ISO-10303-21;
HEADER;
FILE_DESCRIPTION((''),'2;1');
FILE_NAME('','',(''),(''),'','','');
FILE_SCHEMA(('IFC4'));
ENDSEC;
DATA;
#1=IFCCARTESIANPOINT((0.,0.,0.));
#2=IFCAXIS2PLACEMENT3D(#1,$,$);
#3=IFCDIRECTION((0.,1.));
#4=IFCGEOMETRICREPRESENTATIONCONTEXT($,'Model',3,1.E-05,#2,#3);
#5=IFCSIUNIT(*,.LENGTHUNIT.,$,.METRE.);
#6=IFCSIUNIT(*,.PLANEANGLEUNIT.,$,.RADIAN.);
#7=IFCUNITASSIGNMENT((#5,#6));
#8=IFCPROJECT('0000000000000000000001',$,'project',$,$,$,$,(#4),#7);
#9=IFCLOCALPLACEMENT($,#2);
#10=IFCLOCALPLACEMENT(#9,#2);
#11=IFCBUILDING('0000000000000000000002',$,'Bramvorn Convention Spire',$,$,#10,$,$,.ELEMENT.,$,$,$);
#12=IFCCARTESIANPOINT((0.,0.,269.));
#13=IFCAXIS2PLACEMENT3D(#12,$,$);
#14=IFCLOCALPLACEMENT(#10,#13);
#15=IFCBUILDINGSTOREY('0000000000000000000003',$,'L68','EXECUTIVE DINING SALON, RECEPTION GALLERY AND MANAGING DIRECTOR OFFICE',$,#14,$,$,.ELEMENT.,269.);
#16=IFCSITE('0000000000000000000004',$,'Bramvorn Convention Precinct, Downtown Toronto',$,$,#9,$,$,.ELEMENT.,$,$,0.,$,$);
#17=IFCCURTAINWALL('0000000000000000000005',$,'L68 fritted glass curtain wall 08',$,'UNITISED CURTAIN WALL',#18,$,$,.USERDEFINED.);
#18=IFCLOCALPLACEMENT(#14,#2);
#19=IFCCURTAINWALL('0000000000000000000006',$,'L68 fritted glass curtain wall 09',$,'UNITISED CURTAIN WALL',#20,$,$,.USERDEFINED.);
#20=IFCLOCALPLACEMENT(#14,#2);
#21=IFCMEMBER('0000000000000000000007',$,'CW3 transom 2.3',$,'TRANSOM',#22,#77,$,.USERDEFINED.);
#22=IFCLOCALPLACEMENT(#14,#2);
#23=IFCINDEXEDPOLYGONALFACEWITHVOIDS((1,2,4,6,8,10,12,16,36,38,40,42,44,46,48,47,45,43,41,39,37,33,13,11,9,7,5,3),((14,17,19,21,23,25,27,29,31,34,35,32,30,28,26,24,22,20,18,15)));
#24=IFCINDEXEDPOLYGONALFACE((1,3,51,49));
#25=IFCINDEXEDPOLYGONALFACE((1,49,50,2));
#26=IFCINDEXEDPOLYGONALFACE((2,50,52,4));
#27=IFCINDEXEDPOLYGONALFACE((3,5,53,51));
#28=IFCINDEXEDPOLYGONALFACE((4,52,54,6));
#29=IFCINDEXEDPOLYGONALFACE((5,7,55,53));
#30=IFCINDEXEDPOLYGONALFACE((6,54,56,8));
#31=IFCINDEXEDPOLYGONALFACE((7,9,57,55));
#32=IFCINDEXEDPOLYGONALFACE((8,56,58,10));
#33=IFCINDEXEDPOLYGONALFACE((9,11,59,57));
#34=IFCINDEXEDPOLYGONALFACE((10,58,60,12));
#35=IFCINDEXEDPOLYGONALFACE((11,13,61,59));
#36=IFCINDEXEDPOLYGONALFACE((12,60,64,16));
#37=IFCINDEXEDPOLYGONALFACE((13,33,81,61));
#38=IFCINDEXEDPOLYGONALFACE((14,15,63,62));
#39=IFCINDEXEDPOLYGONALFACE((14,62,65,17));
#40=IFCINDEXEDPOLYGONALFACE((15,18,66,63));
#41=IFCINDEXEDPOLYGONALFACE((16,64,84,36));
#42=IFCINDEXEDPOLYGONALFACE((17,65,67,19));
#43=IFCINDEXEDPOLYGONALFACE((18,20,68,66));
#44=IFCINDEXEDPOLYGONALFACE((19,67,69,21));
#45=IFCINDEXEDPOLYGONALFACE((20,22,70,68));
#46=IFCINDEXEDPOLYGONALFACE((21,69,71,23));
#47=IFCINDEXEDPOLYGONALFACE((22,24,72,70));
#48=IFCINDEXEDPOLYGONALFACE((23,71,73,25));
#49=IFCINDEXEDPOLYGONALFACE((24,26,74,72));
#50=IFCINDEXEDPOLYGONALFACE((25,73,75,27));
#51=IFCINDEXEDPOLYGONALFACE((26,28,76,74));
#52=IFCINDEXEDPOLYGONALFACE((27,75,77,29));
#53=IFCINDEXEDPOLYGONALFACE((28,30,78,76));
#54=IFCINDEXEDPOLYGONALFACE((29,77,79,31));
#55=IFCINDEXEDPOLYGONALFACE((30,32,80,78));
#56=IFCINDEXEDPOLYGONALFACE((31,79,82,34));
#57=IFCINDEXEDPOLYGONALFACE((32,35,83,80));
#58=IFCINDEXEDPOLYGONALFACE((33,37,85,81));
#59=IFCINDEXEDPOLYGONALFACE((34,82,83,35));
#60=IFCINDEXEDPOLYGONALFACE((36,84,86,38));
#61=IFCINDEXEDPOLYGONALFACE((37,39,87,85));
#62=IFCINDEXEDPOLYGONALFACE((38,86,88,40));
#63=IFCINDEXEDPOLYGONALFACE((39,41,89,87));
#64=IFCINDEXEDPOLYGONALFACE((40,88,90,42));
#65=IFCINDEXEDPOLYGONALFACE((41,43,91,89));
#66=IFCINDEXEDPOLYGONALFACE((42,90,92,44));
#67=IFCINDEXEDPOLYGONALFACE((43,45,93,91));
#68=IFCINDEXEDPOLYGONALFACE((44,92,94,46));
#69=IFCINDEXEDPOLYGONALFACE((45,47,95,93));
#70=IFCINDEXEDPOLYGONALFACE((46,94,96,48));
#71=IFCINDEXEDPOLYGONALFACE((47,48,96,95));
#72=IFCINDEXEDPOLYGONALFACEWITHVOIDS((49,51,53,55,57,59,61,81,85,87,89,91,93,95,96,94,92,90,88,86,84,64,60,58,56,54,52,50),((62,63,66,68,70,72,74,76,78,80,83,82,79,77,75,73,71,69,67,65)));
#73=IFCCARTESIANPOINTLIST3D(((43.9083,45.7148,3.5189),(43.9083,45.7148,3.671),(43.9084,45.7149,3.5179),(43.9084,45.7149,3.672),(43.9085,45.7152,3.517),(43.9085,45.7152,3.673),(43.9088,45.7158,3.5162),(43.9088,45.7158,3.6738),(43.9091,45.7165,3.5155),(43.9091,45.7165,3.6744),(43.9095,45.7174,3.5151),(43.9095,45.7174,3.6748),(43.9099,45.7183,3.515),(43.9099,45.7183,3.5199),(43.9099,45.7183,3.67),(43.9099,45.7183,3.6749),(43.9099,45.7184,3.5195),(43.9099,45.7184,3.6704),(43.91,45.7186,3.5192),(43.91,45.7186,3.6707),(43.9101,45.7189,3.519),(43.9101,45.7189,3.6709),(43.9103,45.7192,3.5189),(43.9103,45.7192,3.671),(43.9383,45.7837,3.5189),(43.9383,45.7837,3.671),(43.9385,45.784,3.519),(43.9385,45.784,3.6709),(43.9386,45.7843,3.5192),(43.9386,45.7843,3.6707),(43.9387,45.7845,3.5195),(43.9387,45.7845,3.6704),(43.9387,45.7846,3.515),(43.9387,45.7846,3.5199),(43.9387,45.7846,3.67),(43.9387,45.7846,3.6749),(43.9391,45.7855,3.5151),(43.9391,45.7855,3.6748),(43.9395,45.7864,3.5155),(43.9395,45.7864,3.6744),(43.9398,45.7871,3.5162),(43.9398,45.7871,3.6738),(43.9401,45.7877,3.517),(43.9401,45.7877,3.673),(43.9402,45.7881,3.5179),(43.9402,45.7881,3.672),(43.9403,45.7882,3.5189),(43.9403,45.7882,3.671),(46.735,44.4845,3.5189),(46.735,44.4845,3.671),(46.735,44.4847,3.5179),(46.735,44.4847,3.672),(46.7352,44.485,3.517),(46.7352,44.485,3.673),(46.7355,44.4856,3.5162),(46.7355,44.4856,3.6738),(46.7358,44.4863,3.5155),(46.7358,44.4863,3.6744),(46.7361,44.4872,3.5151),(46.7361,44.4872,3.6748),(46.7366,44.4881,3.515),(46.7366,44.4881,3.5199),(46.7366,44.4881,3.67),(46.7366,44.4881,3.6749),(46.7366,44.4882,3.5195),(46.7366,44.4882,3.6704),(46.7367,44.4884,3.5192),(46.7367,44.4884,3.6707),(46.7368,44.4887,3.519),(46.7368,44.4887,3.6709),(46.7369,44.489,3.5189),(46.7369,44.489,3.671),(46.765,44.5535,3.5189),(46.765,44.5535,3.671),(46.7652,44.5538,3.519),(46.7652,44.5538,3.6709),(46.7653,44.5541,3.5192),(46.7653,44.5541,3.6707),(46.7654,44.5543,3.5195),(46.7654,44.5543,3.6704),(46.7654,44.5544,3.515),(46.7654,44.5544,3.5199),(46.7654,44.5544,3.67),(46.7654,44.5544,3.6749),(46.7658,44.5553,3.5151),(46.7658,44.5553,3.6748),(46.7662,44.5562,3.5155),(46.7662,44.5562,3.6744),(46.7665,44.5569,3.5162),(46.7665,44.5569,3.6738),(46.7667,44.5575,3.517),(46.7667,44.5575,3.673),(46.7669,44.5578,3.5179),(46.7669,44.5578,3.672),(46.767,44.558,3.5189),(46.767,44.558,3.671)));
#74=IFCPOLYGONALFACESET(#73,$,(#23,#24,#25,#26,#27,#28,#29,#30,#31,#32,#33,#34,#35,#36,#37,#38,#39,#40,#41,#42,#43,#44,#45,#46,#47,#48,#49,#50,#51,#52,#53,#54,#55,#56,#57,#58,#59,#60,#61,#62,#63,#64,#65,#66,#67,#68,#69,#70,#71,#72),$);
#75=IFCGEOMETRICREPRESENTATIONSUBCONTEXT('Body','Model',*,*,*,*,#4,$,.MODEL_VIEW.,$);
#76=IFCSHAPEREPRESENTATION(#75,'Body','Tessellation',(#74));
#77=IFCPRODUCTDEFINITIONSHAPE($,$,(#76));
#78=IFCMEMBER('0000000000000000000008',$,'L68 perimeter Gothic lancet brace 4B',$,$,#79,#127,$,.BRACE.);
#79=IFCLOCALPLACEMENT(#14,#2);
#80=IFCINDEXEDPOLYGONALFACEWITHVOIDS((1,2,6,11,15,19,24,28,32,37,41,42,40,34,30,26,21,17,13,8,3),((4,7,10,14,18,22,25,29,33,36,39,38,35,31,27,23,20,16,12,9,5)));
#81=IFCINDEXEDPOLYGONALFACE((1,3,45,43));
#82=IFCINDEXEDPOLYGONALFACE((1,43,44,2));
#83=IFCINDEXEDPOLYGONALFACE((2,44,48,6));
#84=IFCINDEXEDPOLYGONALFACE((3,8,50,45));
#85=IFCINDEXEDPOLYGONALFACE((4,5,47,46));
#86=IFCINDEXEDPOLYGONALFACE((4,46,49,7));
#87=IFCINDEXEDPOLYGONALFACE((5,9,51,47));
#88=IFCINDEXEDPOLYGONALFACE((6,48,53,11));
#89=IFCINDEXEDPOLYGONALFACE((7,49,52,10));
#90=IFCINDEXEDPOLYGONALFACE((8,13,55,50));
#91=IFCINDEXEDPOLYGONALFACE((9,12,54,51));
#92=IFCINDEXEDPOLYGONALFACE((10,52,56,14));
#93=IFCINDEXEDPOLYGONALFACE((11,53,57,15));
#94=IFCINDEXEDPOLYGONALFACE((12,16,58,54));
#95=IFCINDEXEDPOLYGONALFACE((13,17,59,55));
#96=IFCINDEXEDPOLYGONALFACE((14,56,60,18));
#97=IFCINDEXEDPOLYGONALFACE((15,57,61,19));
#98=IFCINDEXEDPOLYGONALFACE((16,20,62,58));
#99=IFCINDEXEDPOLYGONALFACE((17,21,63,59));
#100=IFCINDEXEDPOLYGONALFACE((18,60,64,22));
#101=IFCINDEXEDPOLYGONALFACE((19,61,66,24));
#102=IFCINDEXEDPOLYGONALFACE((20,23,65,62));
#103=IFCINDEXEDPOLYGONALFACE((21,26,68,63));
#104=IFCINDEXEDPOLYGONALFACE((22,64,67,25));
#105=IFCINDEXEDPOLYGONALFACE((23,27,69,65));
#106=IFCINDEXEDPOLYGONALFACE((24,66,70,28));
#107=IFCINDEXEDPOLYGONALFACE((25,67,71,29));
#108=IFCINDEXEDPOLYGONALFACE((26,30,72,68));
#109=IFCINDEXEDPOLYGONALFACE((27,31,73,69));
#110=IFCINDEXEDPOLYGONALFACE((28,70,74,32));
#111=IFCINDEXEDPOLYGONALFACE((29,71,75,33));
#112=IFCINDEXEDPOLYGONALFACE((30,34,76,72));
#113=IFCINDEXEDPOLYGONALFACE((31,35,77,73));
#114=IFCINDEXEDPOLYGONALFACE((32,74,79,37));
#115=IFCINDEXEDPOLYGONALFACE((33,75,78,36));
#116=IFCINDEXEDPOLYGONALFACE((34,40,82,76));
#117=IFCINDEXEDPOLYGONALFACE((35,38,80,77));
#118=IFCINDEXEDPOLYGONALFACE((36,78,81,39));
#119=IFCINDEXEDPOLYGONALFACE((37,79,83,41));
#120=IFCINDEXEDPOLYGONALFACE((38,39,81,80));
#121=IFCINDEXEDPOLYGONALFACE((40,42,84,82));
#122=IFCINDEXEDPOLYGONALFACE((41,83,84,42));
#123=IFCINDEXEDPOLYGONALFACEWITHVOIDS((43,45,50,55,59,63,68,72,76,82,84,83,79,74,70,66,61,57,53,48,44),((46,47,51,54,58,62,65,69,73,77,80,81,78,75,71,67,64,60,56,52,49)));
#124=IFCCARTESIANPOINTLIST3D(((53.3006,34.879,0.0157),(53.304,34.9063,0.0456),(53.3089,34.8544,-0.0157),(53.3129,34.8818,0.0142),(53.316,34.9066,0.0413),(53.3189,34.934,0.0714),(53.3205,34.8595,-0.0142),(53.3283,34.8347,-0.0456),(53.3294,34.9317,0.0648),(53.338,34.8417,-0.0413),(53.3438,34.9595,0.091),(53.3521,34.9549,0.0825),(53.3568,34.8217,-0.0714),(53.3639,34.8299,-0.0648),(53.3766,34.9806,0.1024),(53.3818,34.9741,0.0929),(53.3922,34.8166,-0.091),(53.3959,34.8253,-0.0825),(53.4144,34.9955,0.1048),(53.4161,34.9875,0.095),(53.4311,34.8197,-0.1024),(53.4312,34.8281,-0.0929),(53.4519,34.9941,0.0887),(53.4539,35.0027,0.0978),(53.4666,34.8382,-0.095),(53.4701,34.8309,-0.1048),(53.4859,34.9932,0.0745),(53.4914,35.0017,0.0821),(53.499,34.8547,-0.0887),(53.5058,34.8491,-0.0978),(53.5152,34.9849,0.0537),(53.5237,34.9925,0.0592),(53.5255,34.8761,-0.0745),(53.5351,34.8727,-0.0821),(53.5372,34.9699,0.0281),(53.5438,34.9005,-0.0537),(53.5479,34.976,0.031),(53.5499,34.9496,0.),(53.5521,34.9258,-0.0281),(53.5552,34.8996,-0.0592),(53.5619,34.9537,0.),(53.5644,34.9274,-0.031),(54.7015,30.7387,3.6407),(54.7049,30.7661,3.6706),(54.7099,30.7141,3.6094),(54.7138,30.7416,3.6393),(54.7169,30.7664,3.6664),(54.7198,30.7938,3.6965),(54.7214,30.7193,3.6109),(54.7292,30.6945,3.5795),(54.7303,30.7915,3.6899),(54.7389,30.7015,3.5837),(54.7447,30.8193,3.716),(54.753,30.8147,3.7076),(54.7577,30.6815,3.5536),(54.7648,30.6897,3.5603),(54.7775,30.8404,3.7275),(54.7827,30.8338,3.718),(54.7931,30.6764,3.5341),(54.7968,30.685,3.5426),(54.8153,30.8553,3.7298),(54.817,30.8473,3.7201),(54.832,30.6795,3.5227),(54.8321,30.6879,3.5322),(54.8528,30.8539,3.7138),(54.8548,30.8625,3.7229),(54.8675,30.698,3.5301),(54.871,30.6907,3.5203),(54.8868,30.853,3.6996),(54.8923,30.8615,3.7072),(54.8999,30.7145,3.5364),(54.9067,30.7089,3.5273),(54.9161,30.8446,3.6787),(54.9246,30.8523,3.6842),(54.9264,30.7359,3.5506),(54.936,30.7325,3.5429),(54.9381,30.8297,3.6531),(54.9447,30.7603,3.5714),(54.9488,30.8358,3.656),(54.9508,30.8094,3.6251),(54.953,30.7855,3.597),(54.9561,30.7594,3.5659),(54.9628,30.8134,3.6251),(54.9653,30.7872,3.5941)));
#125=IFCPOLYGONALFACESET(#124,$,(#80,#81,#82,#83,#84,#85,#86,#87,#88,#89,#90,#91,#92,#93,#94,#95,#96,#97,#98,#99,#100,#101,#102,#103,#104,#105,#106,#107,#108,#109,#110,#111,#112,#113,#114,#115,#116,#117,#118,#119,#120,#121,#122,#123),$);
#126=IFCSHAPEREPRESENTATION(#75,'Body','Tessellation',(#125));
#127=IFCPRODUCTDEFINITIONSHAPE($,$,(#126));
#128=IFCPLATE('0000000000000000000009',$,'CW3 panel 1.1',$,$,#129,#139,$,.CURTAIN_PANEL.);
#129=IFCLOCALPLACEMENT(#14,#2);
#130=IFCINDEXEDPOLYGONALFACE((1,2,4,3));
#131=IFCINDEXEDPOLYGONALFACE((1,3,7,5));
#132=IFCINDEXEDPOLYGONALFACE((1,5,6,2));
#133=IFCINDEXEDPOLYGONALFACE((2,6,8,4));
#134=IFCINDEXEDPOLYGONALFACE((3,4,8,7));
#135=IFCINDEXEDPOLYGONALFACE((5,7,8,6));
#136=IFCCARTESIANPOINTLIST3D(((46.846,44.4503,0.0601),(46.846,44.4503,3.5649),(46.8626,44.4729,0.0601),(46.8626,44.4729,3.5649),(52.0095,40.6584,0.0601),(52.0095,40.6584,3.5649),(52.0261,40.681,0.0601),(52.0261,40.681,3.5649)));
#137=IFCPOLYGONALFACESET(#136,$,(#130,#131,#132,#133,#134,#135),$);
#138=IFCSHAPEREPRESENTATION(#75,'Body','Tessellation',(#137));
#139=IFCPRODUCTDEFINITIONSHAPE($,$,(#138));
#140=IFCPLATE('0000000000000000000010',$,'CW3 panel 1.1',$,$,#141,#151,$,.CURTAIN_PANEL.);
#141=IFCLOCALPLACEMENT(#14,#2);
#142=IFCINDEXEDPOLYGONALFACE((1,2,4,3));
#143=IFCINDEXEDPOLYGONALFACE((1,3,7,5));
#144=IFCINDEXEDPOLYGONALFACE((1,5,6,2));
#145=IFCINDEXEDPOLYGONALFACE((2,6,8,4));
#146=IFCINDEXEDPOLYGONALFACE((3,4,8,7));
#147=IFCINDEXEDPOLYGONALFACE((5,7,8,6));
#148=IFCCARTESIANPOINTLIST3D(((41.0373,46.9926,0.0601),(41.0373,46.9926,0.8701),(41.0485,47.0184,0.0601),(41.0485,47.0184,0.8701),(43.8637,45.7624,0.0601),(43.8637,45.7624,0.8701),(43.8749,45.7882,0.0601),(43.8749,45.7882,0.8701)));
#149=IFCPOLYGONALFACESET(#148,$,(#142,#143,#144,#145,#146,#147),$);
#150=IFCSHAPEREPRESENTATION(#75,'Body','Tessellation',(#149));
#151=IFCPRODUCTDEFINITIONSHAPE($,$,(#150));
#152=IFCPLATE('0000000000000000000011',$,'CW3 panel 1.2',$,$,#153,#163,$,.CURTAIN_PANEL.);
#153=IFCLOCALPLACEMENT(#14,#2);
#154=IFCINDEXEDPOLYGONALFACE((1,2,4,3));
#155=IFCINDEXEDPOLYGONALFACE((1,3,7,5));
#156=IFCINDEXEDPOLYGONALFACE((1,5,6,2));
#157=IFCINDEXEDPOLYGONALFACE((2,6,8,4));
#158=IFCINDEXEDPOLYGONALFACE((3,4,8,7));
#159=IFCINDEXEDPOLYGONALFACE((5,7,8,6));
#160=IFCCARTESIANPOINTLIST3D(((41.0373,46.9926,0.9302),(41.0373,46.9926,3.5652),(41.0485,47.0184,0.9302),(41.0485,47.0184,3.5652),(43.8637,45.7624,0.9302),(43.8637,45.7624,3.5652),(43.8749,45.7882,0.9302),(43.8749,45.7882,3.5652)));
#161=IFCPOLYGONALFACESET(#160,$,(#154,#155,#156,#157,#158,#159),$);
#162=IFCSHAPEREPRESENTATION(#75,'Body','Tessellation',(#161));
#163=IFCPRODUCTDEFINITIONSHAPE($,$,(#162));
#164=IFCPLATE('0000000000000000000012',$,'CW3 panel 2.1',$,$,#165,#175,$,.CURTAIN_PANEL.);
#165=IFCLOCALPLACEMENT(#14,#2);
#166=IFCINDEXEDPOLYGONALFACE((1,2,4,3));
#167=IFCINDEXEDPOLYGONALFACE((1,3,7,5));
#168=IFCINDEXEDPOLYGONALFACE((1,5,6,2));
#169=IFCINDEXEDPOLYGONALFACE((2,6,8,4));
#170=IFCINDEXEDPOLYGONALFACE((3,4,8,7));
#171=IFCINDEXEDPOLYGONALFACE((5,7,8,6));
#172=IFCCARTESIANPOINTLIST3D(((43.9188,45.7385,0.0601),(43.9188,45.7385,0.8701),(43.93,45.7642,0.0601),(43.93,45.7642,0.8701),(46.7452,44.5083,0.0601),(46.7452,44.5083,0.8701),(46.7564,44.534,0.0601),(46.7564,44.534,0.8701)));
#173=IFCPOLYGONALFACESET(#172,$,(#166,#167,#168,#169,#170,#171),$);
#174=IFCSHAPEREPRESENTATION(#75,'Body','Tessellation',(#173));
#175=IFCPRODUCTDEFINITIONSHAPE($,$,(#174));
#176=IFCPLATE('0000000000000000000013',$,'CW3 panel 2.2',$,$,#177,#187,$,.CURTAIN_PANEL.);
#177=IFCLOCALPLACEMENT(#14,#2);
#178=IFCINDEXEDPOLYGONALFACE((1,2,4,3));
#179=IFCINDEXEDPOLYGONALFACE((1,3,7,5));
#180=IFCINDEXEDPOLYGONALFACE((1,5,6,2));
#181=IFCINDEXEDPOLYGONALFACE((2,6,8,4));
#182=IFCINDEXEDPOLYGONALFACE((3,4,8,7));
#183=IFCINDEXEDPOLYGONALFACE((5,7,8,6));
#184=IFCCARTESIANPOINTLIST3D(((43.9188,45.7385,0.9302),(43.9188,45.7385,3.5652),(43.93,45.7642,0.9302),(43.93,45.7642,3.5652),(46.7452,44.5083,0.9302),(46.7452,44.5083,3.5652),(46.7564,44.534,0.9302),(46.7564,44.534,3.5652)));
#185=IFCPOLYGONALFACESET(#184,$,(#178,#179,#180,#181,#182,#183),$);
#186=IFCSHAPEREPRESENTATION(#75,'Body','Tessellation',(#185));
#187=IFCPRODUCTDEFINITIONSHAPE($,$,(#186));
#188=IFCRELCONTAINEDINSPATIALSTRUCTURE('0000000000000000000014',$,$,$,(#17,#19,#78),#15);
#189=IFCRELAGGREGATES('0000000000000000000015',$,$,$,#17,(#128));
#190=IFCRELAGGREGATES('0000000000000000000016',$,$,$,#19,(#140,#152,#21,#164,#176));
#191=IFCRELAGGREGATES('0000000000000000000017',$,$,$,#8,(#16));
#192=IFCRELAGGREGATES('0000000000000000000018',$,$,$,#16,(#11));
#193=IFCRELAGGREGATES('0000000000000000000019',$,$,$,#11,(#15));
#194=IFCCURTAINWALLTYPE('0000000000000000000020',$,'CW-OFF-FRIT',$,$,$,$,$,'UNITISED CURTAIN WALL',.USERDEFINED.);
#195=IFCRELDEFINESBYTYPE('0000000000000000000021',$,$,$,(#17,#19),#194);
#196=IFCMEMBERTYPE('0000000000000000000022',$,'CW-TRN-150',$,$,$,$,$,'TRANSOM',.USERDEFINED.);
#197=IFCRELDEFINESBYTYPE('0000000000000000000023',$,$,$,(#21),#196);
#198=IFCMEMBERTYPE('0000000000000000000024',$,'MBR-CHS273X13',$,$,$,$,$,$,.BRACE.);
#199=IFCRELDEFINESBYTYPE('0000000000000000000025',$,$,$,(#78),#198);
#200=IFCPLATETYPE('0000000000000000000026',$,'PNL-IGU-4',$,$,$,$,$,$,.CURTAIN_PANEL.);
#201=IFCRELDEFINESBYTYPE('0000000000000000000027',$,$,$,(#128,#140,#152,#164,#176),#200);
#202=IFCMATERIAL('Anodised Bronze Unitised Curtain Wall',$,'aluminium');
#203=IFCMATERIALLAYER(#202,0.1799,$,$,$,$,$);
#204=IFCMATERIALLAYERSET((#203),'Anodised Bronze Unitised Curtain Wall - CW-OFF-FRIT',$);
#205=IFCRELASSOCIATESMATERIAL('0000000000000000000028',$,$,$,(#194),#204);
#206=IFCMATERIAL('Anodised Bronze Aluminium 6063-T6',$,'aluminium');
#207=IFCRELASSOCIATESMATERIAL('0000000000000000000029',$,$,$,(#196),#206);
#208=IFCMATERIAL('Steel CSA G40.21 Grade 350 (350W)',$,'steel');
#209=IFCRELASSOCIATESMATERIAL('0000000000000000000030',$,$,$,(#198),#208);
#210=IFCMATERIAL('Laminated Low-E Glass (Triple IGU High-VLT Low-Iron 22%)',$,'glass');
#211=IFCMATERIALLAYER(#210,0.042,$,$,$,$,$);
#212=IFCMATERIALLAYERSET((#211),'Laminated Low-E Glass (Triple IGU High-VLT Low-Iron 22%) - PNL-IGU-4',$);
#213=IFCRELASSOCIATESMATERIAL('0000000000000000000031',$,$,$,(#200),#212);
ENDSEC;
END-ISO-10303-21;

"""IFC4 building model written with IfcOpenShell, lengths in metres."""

from ifc_helpers import new_model, si_unit, direction, frame, origin, origin_2d, place, context, subcontext, project, spatial, rectangle, hollow_rectangle, hollow_circle, extrude, material, layer, layer_set, material_profile, profile_set, type_object, element, aggregate, save


model = new_model("IFC4")

# Units and contexts
model_context = context("Model", 3, precision=1e-05, world=origin(), true_north=direction((0.0, 1.0)))
body_context = subcontext(model_context, "Body", "Model", "MODEL_VIEW")
ifc_project = project(units=[si_unit("LENGTHUNIT", "METRE"), si_unit("PLANEANGLEUNIT", "RADIAN")], contexts=[model_context])

# Site, building, storey
site_placement = place(None, origin())
site = spatial("IfcSite", under=ifc_project, at=site_placement, Name="Bramvorn Convention Precinct, Downtown Toronto", CompositionType="ELEMENT", RefElevation=0.0)
building_placement = place(site_placement, origin())
building = spatial("IfcBuilding", under=site, at=building_placement, Name="Bramvorn Convention Spire", CompositionType="ELEMENT")
storey_placement = place(building_placement, frame((0.0, 0.0, 269.0)))
storey = spatial("IfcBuildingStorey", under=building, at=storey_placement, Name="L68", Description="EXECUTIVE DINING SALON, RECEPTION GALLERY AND MANAGING DIRECTOR OFFICE", CompositionType="ELEMENT", Elevation=269.0)

# Shared definitions
ifc_material_1 = material(Name="Steel CSA G40.21 Grade 350 (350W)", Category="steel")

# Curtain walls
ifc_material_2 = material(Name="Anodised Bronze Unitised Curtain Wall", Category="aluminium")
ifc_layer_1 = layer(ifc_material_2, 0.1799)
ifc_layer_set_1 = layer_set([ifc_layer_1], Name="Anodised Bronze Unitised Curtain Wall - CW-OFF-FRIT")
curtain_wall_type = type_object("IfcCurtainWallType", Name="CW-OFF-FRIT", ElementType="UNITISED CURTAIN WALL", PredefinedType="USERDEFINED", material=ifc_layer_set_1)
curtain_wall_1_placement = place(storey_placement, origin())
curtain_wall_1 = element("IfcCurtainWall", 1, at=curtain_wall_1_placement, inside=storey, type_object=curtain_wall_type, Name="L68 fritted glass curtain wall 08", ObjectType="UNITISED CURTAIN WALL", PredefinedType="USERDEFINED")
ifc_material_3 = material(Name="Anodised Bronze Aluminium 6063-T6", Category="aluminium")
curtain_wall_2_placement = place(storey_placement, origin())
curtain_wall_2 = element("IfcCurtainWall", 2, at=curtain_wall_2_placement, inside=storey, type_object=curtain_wall_type, Name="L68 fritted glass curtain wall 09", ObjectType="UNITISED CURTAIN WALL", PredefinedType="USERDEFINED")

# Members
ifc_material_profile_1 = material_profile(ifc_material_3, hollow_rectangle(XDim=0.0801, YDim=0.1599, WallThickness=0.0039, InnerFilletRadius=0.001, OuterFilletRadius=0.0039, at=origin_2d()))
ifc_profile_set_1 = profile_set([ifc_material_profile_1], Name="Anodised Bronze Aluminium 6063-T6 - CWT80X160")
member_type_1 = type_object("IfcMemberType", Name="CW-TRN-150", ElementType="TRANSOM", PredefinedType="USERDEFINED", material=ifc_profile_set_1)
member_1_placement = place(storey_placement, frame((43.9243, 45.7515, 3.595), z_axis=(0.916923, -0.399065, 0.0), x_axis=(0.399065, 0.916923, 0.0)))
member_1 = element("IfcMember", 3, at=member_1_placement, type_object=member_type_1, Name="CW3 transom 2.3", ObjectType="TRANSOM", PredefinedType="USERDEFINED", context=body_context, shape_type="SweptSolid", body=[
    extrude(hollow_rectangle(XDim=0.0801, YDim=0.1599, WallThickness=0.0039, InnerFilletRadius=0.001, OuterFilletRadius=0.0039, at=origin_2d()), origin(), (0.0, 0.0, 1.0), 3.0828),
])
ifc_material_profile_2 = material_profile(ifc_material_1, hollow_circle(Radius=0.1365, WallThickness=0.0127, at=origin_2d()))
ifc_profile_set_2 = profile_set([ifc_material_profile_2], Name="Steel CSA G40.21 Grade 350 (350W) - CHS273X13")
member_type_2 = type_object("IfcMemberType", Name="MBR-CHS273X13", PredefinedType="BRACE", material=ifc_profile_set_2)
member_2_placement = place(storey_placement, frame((53.4326, 34.9099, 0.0), z_axis=(0.246705, -0.729107, 0.638388), x_axis=(0.947244, 0.320514, 0.0)))
element("IfcMember", 4, at=member_2_placement, inside=storey, type_object=member_type_2, Name="L68 perimeter Gothic lancet brace 4B", PredefinedType="BRACE", context=body_context, shape_type="SweptSolid", body=[
    extrude(hollow_circle(Radius=0.1365, WallThickness=0.0127, at=origin_2d()), origin(), (0.0, 0.0, 1.0), 5.6785),
])

# Plates
ifc_material_4 = material(Name="Laminated Low-E Glass (Triple IGU High-VLT Low-Iron 22%)", Category="glass")
ifc_layer_2 = layer(ifc_material_4, 0.042)
ifc_layer_set_2 = layer_set([ifc_layer_2], Name="Laminated Low-E Glass (Triple IGU High-VLT Low-Iron 22%) - PNL-IGU-4")
plate_type = type_object("IfcPlateType", Name="PNL-IGU-4", PredefinedType="CURTAIN_PANEL", material=ifc_layer_set_2)
plate_1_placement = place(storey_placement, frame((49.436, 42.5657, 0.0601), z_axis=(0.0, 0.0, 1.0), x_axis=(0.806009, -0.591904, 0.0)))
plate_1 = element("IfcPlate", 5, at=plate_1_placement, type_object=plate_type, Name="CW3 panel 1.1", PredefinedType="CURTAIN_PANEL", context=body_context, shape_type="SweptSolid", body=[
    extrude(rectangle(XDim=6.4062, YDim=0.0281, at=origin_2d()), origin(), (0.0, 0.0, 1.0), 3.5049),
])
aggregate(curtain_wall_1, [plate_1])
plate_2_placement = place(storey_placement, frame((42.4561, 46.3904, 0.0601), z_axis=(0.0, 0.0, 1.0), x_axis=(0.916912, -0.399089, 0.0)))
plate_2 = element("IfcPlate", 6, at=plate_2_placement, type_object=plate_type, Name="CW3 panel 1.1", PredefinedType="CURTAIN_PANEL", context=body_context, shape_type="SweptSolid", body=[
    extrude(rectangle(XDim=3.0825, YDim=0.0281, at=origin_2d()), origin(), (0.0, 0.0, 1.0), 0.8101),
])
plate_3_placement = place(storey_placement, frame((42.4561, 46.3904, 0.9302), z_axis=(0.0, 0.0, 1.0), x_axis=(0.916912, -0.399089, 0.0)))
plate_3 = element("IfcPlate", 7, at=plate_3_placement, type_object=plate_type, Name="CW3 panel 1.2", PredefinedType="CURTAIN_PANEL", context=body_context, shape_type="SweptSolid", body=[
    extrude(rectangle(XDim=3.0825, YDim=0.0281, at=origin_2d()), origin(), (0.0, 0.0, 1.0), 2.635),
])
plate_4_placement = place(storey_placement, frame((45.3376, 45.1362, 0.0601), z_axis=(0.0, 0.0, 1.0), x_axis=(0.916912, -0.399089, 0.0)))
plate_4 = element("IfcPlate", 8, at=plate_4_placement, type_object=plate_type, Name="CW3 panel 2.1", PredefinedType="CURTAIN_PANEL", context=body_context, shape_type="SweptSolid", body=[
    extrude(rectangle(XDim=3.0825, YDim=0.0281, at=origin_2d()), origin(), (0.0, 0.0, 1.0), 0.8101),
])
plate_5_placement = place(storey_placement, frame((45.3376, 45.1362, 0.9302), z_axis=(0.0, 0.0, 1.0), x_axis=(0.916912, -0.399089, 0.0)))
plate_5 = element("IfcPlate", 9, at=plate_5_placement, type_object=plate_type, Name="CW3 panel 2.2", PredefinedType="CURTAIN_PANEL", context=body_context, shape_type="SweptSolid", body=[
    extrude(rectangle(XDim=3.0825, YDim=0.0281, at=origin_2d()), origin(), (0.0, 0.0, 1.0), 2.635),
])
aggregate(curtain_wall_2, [plate_2, plate_3, member_1, plate_4, plate_5])

save(model, "model.ifc")
